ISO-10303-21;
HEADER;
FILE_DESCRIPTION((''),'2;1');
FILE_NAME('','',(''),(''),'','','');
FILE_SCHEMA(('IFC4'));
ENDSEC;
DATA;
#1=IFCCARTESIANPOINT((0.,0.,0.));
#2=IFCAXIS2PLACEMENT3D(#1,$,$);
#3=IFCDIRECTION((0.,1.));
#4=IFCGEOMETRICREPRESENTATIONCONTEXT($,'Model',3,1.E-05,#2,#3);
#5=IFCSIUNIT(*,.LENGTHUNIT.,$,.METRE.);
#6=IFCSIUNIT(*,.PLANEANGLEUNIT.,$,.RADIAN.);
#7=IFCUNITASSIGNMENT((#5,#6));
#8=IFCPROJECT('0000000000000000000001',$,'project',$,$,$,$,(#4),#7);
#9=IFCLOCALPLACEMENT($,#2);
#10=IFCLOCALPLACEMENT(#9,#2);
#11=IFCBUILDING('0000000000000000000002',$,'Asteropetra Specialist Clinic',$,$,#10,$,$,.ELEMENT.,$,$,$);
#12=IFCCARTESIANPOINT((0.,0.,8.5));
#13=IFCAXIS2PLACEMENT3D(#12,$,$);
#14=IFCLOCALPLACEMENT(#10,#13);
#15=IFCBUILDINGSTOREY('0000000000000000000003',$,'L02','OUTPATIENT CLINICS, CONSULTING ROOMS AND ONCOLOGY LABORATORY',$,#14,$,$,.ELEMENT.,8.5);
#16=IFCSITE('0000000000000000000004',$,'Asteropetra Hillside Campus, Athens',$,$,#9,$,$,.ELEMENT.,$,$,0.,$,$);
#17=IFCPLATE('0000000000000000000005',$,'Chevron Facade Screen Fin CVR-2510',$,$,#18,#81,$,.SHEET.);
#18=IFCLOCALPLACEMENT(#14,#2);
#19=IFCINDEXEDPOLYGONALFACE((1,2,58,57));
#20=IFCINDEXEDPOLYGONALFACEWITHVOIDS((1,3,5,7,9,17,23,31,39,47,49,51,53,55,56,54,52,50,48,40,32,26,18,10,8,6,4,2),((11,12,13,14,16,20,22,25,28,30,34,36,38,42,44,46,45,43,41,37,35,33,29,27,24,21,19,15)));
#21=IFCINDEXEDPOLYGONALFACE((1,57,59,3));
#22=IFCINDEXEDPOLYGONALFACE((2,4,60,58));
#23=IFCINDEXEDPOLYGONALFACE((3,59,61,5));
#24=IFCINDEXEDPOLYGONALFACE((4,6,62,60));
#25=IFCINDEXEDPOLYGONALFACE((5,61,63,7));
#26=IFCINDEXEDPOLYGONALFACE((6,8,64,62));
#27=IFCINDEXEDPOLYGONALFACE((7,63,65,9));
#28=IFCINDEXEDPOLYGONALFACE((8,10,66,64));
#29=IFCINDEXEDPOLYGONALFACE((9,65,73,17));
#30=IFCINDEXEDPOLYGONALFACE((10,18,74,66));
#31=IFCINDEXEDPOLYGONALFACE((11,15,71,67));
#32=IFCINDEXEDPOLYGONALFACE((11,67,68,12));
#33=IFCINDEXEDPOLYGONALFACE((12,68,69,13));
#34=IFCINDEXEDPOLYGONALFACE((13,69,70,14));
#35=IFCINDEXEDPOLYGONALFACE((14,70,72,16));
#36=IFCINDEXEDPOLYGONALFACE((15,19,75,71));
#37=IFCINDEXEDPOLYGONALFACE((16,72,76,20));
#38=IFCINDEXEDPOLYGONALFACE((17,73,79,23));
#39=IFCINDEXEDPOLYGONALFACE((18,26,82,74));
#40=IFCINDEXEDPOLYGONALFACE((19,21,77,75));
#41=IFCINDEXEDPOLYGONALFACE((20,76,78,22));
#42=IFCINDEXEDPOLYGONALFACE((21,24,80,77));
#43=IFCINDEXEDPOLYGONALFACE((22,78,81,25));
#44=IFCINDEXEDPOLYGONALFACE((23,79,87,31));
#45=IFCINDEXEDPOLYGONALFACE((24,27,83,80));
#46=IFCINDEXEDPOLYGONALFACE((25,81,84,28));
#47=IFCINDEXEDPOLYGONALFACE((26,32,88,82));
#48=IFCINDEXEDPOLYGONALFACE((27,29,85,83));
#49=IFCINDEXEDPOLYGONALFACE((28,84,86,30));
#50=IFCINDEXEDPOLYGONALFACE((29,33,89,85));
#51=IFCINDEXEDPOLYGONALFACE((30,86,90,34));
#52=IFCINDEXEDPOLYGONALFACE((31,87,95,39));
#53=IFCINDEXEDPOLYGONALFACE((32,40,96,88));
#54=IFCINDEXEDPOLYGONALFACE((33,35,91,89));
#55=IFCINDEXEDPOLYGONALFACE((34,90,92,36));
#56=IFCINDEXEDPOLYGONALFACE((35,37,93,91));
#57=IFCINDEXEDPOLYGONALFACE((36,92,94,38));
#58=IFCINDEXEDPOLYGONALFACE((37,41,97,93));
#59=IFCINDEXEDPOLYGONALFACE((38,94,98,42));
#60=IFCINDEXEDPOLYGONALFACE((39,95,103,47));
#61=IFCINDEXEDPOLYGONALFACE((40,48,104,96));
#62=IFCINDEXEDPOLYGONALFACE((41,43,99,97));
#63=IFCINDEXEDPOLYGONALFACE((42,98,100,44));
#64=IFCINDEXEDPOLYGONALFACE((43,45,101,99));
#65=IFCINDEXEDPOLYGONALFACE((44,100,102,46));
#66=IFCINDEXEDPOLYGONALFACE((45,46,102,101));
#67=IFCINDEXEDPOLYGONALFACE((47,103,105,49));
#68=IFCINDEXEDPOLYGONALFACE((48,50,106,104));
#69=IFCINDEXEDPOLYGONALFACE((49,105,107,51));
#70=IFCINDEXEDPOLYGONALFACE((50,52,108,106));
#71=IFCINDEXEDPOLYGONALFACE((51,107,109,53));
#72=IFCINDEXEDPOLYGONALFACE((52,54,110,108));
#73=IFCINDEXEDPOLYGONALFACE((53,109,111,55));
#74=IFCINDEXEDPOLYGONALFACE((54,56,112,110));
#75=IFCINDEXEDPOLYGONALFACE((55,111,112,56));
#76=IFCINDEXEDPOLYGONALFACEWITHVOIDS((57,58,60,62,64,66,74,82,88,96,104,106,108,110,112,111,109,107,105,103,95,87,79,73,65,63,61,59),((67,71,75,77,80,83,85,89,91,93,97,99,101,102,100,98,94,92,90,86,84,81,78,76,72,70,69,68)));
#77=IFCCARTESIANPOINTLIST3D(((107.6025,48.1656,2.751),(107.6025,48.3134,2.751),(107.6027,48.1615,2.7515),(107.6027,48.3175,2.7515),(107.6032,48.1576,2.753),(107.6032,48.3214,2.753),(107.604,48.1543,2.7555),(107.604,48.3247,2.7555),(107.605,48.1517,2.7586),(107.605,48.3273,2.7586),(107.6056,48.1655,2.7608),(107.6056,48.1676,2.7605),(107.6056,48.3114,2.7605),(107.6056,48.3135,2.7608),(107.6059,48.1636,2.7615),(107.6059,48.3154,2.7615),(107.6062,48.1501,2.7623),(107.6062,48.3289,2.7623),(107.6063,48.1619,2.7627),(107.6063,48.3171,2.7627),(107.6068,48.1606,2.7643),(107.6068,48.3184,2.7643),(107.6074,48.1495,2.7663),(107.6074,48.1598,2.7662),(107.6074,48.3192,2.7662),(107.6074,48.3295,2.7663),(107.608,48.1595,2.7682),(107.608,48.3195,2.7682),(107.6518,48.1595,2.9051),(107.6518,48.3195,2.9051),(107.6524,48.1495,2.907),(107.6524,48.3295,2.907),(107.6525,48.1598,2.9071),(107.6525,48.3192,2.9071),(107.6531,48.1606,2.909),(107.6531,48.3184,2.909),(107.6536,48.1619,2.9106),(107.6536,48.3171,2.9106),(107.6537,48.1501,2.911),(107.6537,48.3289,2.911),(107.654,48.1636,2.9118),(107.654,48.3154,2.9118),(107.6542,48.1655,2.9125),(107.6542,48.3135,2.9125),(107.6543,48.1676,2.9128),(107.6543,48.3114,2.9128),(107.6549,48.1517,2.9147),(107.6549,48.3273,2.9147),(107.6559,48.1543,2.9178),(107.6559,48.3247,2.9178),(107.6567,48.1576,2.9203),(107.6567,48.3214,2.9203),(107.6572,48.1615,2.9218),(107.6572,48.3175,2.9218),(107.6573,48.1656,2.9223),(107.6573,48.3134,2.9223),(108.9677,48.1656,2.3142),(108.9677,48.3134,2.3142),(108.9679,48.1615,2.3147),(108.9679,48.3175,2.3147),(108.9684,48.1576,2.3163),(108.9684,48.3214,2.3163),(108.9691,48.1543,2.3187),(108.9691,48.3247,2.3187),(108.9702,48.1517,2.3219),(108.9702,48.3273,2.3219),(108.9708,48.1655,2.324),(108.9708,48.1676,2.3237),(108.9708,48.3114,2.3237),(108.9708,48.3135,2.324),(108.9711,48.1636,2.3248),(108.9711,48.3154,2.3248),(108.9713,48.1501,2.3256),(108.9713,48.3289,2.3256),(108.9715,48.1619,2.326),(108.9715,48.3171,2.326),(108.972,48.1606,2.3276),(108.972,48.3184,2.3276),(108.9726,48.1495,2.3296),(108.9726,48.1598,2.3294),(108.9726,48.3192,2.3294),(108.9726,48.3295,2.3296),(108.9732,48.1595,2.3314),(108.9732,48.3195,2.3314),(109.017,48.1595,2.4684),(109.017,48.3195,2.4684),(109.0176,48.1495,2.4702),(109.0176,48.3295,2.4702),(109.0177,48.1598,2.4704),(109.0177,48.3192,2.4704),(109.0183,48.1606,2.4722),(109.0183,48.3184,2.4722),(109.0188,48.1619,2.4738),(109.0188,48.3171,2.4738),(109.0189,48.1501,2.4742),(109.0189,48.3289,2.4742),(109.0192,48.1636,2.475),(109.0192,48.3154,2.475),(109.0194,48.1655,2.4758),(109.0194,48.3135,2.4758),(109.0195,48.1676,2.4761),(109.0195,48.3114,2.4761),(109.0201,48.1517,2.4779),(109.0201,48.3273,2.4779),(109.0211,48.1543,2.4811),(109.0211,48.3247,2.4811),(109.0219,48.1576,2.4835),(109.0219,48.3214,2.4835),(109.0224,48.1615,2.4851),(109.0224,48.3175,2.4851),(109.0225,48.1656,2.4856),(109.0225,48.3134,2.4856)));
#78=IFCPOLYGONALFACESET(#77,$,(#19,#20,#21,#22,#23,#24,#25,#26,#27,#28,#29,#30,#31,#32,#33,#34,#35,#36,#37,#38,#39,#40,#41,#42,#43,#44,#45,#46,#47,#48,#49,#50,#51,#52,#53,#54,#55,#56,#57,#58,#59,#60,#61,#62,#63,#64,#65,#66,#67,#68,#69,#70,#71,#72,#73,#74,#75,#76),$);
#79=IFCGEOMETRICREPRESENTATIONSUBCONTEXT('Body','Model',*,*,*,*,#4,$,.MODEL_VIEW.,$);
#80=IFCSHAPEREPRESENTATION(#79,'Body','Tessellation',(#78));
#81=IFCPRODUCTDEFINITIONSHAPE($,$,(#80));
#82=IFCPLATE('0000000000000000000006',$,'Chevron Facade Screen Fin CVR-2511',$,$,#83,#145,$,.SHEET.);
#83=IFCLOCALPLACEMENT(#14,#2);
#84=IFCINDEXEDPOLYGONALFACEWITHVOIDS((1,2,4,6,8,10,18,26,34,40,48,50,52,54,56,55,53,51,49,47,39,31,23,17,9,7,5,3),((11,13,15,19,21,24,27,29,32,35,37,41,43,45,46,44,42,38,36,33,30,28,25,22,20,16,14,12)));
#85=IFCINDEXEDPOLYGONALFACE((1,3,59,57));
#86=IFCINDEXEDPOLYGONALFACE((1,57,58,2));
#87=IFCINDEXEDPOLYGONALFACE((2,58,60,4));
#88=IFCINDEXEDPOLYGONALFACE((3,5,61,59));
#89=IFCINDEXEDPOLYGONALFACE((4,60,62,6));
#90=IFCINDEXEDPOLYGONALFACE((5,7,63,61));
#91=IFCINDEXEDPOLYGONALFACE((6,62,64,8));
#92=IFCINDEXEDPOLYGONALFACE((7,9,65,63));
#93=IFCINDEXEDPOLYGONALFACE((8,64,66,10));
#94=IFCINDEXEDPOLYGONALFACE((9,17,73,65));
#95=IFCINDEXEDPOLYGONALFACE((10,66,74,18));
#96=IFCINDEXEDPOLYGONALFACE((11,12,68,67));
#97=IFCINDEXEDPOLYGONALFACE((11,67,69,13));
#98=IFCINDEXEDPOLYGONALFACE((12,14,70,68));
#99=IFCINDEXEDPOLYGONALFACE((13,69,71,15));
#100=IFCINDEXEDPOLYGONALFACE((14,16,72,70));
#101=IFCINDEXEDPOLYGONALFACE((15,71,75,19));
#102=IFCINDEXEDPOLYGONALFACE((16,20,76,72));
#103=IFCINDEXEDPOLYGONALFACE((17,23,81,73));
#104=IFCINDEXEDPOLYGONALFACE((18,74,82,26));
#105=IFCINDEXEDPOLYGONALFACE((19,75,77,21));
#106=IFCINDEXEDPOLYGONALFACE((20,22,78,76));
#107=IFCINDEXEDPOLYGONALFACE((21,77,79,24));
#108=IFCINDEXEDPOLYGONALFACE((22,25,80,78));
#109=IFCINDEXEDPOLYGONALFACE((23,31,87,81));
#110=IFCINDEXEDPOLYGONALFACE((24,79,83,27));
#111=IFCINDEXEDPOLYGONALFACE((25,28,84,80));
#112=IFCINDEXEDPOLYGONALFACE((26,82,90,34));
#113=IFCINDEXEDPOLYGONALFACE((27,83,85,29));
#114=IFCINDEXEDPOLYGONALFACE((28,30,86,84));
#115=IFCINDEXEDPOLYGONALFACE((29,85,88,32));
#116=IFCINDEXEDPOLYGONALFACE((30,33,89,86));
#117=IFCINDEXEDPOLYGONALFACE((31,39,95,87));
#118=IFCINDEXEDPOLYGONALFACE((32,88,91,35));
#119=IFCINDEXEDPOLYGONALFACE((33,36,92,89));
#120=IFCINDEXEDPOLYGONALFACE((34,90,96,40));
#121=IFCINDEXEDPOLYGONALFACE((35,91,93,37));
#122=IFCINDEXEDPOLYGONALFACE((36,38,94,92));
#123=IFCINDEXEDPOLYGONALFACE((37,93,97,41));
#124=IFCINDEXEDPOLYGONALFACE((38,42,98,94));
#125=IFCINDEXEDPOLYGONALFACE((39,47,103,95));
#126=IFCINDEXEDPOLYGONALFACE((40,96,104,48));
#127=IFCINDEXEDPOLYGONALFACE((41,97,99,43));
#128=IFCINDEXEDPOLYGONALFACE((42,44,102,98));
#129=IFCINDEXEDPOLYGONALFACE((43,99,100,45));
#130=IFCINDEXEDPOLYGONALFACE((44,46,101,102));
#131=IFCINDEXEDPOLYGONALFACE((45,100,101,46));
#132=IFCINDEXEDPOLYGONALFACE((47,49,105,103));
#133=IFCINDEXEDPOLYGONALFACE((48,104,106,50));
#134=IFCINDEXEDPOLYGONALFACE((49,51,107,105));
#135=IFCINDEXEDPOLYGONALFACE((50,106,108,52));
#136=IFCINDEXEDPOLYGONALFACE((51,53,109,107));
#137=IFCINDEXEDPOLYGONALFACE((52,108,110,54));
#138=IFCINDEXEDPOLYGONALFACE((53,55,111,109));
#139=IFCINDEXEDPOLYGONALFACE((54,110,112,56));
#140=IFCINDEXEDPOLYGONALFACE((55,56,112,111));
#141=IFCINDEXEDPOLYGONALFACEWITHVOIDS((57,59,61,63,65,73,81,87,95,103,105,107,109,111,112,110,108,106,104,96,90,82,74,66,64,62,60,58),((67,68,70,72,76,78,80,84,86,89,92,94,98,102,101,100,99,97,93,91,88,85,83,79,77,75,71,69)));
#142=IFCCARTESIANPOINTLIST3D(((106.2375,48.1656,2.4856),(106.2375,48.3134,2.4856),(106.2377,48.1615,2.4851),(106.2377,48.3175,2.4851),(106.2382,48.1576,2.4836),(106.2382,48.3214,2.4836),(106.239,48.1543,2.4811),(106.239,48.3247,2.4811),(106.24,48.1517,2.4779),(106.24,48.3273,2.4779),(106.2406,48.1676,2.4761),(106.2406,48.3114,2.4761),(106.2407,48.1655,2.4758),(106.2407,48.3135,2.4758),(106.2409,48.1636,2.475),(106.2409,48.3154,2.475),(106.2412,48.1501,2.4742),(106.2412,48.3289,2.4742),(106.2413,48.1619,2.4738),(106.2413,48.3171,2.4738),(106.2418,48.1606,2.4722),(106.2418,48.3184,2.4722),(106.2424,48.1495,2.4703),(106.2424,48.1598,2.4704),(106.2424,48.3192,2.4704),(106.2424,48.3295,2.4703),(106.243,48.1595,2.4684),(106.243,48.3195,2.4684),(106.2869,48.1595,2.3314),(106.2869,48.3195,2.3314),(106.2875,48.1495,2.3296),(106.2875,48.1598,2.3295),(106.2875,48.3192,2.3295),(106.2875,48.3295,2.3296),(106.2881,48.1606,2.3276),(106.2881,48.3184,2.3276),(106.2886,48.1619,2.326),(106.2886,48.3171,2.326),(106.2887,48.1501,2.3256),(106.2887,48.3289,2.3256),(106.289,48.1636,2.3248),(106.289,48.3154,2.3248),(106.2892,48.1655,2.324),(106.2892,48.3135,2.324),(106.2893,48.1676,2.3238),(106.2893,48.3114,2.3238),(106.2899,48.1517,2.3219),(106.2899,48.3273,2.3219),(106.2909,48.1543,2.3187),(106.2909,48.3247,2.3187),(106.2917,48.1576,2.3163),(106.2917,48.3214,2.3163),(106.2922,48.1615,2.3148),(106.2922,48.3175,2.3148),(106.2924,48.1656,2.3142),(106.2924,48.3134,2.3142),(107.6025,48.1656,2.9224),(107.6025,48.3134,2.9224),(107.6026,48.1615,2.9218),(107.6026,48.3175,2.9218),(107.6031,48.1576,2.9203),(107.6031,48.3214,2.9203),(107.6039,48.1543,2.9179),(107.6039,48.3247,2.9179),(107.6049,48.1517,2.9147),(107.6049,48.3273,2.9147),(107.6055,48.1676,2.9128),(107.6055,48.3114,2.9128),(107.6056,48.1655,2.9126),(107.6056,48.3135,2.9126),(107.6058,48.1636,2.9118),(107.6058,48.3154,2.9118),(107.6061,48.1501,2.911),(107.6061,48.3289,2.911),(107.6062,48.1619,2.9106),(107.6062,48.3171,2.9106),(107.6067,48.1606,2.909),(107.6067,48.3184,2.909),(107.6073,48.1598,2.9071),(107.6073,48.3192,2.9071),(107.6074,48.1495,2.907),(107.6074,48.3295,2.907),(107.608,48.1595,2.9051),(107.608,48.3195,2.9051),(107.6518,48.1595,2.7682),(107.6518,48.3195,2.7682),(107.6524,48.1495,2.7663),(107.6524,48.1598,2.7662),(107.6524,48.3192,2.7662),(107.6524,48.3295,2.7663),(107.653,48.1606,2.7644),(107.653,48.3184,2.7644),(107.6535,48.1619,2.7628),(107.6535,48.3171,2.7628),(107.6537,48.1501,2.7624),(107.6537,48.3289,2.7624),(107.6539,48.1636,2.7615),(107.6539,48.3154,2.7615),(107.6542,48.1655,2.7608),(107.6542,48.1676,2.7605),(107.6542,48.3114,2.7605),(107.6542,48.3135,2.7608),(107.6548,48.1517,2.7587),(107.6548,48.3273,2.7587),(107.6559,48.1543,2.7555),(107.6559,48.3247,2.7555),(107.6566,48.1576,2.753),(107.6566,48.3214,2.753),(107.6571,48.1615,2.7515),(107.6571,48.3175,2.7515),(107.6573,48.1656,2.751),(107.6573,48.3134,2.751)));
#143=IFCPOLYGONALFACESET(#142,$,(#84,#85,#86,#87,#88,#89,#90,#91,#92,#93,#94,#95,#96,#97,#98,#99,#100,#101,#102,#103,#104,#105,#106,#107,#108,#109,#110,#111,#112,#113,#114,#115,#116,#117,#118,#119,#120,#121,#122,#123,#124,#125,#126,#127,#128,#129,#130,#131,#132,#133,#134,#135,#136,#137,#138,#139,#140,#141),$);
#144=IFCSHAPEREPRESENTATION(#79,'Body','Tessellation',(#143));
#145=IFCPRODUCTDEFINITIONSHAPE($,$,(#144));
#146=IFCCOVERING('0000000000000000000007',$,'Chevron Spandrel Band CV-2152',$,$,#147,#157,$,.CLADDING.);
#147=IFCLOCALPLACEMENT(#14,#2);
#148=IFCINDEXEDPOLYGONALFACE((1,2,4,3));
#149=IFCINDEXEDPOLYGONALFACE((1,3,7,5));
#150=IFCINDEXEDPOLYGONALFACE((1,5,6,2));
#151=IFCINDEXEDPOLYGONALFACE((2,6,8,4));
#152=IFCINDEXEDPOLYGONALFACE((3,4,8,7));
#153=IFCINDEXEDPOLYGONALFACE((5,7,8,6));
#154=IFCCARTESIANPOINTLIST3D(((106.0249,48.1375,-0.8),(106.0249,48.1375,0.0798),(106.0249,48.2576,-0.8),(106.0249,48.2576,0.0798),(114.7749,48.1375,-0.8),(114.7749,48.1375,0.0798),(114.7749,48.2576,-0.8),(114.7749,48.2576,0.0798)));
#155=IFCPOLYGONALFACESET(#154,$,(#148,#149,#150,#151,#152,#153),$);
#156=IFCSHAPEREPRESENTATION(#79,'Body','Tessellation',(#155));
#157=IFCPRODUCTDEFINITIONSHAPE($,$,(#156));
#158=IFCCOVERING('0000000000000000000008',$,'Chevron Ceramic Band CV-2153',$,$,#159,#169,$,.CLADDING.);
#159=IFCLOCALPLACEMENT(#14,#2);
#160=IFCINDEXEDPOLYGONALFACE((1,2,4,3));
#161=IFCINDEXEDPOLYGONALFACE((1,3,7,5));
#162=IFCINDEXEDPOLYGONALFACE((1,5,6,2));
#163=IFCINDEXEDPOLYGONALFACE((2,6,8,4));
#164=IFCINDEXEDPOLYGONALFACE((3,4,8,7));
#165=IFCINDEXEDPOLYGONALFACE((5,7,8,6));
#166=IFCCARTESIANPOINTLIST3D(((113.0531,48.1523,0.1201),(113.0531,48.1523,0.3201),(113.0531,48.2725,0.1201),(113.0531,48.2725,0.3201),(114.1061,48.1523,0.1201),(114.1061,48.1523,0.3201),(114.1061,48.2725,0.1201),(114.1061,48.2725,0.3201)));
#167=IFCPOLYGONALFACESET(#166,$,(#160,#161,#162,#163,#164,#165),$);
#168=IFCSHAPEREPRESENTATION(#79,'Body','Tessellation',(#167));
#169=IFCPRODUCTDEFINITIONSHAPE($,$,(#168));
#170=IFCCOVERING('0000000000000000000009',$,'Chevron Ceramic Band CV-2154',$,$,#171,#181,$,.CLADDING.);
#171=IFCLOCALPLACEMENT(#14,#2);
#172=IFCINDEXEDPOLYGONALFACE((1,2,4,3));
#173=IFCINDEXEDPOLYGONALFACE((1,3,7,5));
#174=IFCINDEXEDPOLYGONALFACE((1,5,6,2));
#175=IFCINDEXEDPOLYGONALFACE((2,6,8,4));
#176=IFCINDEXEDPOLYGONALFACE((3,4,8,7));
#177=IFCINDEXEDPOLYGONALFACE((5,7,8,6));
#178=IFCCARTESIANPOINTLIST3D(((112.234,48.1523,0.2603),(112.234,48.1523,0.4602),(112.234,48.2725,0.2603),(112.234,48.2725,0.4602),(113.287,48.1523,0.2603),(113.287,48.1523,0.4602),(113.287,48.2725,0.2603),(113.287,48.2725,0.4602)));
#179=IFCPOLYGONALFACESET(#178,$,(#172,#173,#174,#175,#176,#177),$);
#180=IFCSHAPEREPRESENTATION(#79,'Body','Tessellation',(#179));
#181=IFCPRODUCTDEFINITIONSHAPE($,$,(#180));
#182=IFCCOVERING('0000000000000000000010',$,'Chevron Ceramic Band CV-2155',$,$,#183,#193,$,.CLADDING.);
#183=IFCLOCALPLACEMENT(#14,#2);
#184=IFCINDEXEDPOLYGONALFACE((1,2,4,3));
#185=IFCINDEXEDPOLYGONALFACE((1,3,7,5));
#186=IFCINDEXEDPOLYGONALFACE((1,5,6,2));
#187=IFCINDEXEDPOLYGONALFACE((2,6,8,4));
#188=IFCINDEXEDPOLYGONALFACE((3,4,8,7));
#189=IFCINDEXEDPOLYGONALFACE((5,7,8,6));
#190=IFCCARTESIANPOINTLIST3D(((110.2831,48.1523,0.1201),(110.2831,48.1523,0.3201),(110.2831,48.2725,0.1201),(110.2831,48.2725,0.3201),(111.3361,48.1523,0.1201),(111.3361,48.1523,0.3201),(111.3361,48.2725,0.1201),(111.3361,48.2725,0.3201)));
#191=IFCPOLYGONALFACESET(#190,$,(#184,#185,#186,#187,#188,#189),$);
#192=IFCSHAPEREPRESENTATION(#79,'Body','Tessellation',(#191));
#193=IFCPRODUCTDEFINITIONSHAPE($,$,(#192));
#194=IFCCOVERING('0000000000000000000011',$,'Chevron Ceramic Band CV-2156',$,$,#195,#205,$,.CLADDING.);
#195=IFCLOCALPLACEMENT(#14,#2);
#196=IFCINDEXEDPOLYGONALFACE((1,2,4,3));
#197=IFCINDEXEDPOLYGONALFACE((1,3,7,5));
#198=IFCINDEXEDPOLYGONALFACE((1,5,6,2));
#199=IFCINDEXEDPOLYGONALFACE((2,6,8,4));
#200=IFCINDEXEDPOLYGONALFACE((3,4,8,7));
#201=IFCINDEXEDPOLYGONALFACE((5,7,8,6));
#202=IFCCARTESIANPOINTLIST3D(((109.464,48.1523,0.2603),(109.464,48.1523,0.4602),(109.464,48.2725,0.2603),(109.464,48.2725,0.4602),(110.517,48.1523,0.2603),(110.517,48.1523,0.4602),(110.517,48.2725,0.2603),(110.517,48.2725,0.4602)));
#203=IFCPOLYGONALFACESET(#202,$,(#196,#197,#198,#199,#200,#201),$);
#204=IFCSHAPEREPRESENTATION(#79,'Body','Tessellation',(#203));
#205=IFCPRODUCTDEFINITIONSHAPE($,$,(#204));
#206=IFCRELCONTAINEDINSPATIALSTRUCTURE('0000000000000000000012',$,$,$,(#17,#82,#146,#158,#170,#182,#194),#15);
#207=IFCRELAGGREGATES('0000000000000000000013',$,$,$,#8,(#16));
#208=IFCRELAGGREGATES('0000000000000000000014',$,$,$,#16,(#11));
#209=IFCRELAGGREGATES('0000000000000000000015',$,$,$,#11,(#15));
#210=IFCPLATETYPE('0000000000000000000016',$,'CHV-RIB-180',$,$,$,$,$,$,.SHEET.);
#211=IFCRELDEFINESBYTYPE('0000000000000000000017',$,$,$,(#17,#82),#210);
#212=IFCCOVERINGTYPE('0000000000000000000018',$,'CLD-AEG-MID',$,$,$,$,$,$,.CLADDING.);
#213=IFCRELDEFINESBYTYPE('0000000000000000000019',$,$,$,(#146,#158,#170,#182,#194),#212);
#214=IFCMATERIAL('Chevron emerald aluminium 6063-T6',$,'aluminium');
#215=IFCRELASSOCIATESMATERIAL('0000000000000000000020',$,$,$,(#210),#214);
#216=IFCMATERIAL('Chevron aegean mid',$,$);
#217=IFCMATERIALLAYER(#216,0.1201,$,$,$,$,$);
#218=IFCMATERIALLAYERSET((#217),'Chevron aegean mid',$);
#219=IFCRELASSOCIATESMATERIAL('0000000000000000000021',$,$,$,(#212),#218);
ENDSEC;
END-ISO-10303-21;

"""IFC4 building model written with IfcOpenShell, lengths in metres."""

from ifc_helpers import new_model, si_unit, direction, frame, origin, origin_2d, place, context, subcontext, project, spatial, rectangle, hollow_rectangle, extrude, material, layer, layer_set, material_profile, profile_set, type_object, element, save


model = new_model("IFC4")

# Units and contexts
model_context = context("Model", 3, precision=1e-05, world=origin(), true_north=direction((0.0, 1.0)))
body_context = subcontext(model_context, "Body", "Model", "MODEL_VIEW")
ifc_project = project(units=[si_unit("LENGTHUNIT", "METRE"), si_unit("PLANEANGLEUNIT", "RADIAN")], contexts=[model_context])

# Site, building, storey
site_placement = place(None, origin())
site = spatial("IfcSite", under=ifc_project, at=site_placement, Name="Asteropetra Hillside Campus, Athens", CompositionType="ELEMENT", RefElevation=0.0)
building_placement = place(site_placement, origin())
building = spatial("IfcBuilding", under=site, at=building_placement, Name="Asteropetra Specialist Clinic", CompositionType="ELEMENT")
storey_placement = place(building_placement, frame((0.0, 0.0, 8.5)))
storey = spatial("IfcBuildingStorey", under=building, at=storey_placement, Name="L02", Description="OUTPATIENT CLINICS, CONSULTING ROOMS AND ONCOLOGY LABORATORY", CompositionType="ELEMENT", Elevation=8.5)

# Plates
ifc_material_1 = material(Name="Chevron emerald aluminium 6063-T6", Category="aluminium")
ifc_material_profile_1 = material_profile(ifc_material_1, hollow_rectangle(XDim=0.1799, YDim=0.1799, WallThickness=0.01, InnerFilletRadius=0.0081, OuterFilletRadius=0.0161, at=origin_2d()), Name="SHS 180x180x10.0")
ifc_profile_set_1 = profile_set([ifc_material_profile_1], Name="Chevron emerald aluminium 6063-T6")
plate_type = type_object("IfcPlateType", Name="CHV-RIB-180", PredefinedType="SHEET", material=ifc_profile_set_1)
plate_1_placement = place(storey_placement, frame((108.9951, 48.2395, 2.3999), z_axis=(-0.952446, 0.0, 0.304708), x_axis=(0.0, -1.0, 0.0)))
element("IfcPlate", 1, at=plate_1_placement, inside=storey, type_object=plate_type, Name="Chevron Facade Screen Fin CVR-2510", PredefinedType="SHEET", context=body_context, shape_type="SweptSolid", body=[
    extrude(hollow_rectangle(XDim=0.1799, YDim=0.1799, WallThickness=0.01, InnerFilletRadius=0.0081, OuterFilletRadius=0.0161, at=origin_2d()), origin(), (0.0, 0.0, 1.0), 1.4333),
])
plate_2_placement = place(storey_placement, frame((107.6299, 48.2395, 2.8367), z_axis=(-0.95243, 0.0, -0.304757), x_axis=(0.0, -1.0, 0.0)))
element("IfcPlate", 2, at=plate_2_placement, inside=storey, type_object=plate_type, Name="Chevron Facade Screen Fin CVR-2511", PredefinedType="SHEET", context=body_context, shape_type="SweptSolid", body=[
    extrude(hollow_rectangle(XDim=0.1799, YDim=0.1799, WallThickness=0.01, InnerFilletRadius=0.0081, OuterFilletRadius=0.0161, at=origin_2d()), origin(), (0.0, 0.0, 1.0), 1.4331),
])

# Coverings
ifc_material_2 = material(Name="Chevron aegean mid")
ifc_layer = layer(ifc_material_2, 0.1201)
ifc_layer_set = layer_set([ifc_layer], Name="Chevron aegean mid")
covering_type = type_object("IfcCoveringType", Name="CLD-AEG-MID", PredefinedType="CLADDING", material=ifc_layer_set)
covering_placement = place(storey_placement, frame((110.3999, 48.1975, -0.8), z_axis=(0.0, 0.0, 1.0), x_axis=(1.0, 0.0, 0.0)))
element("IfcCovering", 3, at=covering_placement, inside=storey, type_object=covering_type, Name="Chevron Spandrel Band CV-2152", PredefinedType="CLADDING", context=body_context, shape_type="SweptSolid", body=[
    extrude(rectangle(XDim=8.75, YDim=0.1201, at=origin_2d()), origin(), (0.0, 0.0, 1.0), 0.8799),
])
for number, where, z_axis, x_axis, name in (
    (4, (113.5796, 48.2124, 0.1201), (0.0, 0.0, 1.0), (1.0, 0.0, 0.0), "Chevron Ceramic Band CV-2153"),
    (5, (112.7605, 48.2124, 0.2603), (0.0, 0.0, 1.0), (1.0, 0.0, 0.0), "Chevron Ceramic Band CV-2154"),
    (6, (110.8096, 48.2124, 0.1201), (0.0, 0.0, 1.0), (1.0, 0.0, 0.0), "Chevron Ceramic Band CV-2155"),
    (7, (109.9905, 48.2124, 0.2603), (0.0, 0.0, 1.0), (1.0, 0.0, 0.0), "Chevron Ceramic Band CV-2156"),
):
    element("IfcCovering", number, at=place(storey_placement, frame(where, z_axis=z_axis, x_axis=x_axis)), inside=storey, type_object=covering_type, Name=name, PredefinedType="CLADDING", context=body_context, shape_type="SweptSolid", body=[
        extrude(rectangle(XDim=1.053, YDim=0.1201, at=origin_2d()), origin(), (0.0, 0.0, 1.0), 0.2),
    ])

save(model, "model.ifc")
